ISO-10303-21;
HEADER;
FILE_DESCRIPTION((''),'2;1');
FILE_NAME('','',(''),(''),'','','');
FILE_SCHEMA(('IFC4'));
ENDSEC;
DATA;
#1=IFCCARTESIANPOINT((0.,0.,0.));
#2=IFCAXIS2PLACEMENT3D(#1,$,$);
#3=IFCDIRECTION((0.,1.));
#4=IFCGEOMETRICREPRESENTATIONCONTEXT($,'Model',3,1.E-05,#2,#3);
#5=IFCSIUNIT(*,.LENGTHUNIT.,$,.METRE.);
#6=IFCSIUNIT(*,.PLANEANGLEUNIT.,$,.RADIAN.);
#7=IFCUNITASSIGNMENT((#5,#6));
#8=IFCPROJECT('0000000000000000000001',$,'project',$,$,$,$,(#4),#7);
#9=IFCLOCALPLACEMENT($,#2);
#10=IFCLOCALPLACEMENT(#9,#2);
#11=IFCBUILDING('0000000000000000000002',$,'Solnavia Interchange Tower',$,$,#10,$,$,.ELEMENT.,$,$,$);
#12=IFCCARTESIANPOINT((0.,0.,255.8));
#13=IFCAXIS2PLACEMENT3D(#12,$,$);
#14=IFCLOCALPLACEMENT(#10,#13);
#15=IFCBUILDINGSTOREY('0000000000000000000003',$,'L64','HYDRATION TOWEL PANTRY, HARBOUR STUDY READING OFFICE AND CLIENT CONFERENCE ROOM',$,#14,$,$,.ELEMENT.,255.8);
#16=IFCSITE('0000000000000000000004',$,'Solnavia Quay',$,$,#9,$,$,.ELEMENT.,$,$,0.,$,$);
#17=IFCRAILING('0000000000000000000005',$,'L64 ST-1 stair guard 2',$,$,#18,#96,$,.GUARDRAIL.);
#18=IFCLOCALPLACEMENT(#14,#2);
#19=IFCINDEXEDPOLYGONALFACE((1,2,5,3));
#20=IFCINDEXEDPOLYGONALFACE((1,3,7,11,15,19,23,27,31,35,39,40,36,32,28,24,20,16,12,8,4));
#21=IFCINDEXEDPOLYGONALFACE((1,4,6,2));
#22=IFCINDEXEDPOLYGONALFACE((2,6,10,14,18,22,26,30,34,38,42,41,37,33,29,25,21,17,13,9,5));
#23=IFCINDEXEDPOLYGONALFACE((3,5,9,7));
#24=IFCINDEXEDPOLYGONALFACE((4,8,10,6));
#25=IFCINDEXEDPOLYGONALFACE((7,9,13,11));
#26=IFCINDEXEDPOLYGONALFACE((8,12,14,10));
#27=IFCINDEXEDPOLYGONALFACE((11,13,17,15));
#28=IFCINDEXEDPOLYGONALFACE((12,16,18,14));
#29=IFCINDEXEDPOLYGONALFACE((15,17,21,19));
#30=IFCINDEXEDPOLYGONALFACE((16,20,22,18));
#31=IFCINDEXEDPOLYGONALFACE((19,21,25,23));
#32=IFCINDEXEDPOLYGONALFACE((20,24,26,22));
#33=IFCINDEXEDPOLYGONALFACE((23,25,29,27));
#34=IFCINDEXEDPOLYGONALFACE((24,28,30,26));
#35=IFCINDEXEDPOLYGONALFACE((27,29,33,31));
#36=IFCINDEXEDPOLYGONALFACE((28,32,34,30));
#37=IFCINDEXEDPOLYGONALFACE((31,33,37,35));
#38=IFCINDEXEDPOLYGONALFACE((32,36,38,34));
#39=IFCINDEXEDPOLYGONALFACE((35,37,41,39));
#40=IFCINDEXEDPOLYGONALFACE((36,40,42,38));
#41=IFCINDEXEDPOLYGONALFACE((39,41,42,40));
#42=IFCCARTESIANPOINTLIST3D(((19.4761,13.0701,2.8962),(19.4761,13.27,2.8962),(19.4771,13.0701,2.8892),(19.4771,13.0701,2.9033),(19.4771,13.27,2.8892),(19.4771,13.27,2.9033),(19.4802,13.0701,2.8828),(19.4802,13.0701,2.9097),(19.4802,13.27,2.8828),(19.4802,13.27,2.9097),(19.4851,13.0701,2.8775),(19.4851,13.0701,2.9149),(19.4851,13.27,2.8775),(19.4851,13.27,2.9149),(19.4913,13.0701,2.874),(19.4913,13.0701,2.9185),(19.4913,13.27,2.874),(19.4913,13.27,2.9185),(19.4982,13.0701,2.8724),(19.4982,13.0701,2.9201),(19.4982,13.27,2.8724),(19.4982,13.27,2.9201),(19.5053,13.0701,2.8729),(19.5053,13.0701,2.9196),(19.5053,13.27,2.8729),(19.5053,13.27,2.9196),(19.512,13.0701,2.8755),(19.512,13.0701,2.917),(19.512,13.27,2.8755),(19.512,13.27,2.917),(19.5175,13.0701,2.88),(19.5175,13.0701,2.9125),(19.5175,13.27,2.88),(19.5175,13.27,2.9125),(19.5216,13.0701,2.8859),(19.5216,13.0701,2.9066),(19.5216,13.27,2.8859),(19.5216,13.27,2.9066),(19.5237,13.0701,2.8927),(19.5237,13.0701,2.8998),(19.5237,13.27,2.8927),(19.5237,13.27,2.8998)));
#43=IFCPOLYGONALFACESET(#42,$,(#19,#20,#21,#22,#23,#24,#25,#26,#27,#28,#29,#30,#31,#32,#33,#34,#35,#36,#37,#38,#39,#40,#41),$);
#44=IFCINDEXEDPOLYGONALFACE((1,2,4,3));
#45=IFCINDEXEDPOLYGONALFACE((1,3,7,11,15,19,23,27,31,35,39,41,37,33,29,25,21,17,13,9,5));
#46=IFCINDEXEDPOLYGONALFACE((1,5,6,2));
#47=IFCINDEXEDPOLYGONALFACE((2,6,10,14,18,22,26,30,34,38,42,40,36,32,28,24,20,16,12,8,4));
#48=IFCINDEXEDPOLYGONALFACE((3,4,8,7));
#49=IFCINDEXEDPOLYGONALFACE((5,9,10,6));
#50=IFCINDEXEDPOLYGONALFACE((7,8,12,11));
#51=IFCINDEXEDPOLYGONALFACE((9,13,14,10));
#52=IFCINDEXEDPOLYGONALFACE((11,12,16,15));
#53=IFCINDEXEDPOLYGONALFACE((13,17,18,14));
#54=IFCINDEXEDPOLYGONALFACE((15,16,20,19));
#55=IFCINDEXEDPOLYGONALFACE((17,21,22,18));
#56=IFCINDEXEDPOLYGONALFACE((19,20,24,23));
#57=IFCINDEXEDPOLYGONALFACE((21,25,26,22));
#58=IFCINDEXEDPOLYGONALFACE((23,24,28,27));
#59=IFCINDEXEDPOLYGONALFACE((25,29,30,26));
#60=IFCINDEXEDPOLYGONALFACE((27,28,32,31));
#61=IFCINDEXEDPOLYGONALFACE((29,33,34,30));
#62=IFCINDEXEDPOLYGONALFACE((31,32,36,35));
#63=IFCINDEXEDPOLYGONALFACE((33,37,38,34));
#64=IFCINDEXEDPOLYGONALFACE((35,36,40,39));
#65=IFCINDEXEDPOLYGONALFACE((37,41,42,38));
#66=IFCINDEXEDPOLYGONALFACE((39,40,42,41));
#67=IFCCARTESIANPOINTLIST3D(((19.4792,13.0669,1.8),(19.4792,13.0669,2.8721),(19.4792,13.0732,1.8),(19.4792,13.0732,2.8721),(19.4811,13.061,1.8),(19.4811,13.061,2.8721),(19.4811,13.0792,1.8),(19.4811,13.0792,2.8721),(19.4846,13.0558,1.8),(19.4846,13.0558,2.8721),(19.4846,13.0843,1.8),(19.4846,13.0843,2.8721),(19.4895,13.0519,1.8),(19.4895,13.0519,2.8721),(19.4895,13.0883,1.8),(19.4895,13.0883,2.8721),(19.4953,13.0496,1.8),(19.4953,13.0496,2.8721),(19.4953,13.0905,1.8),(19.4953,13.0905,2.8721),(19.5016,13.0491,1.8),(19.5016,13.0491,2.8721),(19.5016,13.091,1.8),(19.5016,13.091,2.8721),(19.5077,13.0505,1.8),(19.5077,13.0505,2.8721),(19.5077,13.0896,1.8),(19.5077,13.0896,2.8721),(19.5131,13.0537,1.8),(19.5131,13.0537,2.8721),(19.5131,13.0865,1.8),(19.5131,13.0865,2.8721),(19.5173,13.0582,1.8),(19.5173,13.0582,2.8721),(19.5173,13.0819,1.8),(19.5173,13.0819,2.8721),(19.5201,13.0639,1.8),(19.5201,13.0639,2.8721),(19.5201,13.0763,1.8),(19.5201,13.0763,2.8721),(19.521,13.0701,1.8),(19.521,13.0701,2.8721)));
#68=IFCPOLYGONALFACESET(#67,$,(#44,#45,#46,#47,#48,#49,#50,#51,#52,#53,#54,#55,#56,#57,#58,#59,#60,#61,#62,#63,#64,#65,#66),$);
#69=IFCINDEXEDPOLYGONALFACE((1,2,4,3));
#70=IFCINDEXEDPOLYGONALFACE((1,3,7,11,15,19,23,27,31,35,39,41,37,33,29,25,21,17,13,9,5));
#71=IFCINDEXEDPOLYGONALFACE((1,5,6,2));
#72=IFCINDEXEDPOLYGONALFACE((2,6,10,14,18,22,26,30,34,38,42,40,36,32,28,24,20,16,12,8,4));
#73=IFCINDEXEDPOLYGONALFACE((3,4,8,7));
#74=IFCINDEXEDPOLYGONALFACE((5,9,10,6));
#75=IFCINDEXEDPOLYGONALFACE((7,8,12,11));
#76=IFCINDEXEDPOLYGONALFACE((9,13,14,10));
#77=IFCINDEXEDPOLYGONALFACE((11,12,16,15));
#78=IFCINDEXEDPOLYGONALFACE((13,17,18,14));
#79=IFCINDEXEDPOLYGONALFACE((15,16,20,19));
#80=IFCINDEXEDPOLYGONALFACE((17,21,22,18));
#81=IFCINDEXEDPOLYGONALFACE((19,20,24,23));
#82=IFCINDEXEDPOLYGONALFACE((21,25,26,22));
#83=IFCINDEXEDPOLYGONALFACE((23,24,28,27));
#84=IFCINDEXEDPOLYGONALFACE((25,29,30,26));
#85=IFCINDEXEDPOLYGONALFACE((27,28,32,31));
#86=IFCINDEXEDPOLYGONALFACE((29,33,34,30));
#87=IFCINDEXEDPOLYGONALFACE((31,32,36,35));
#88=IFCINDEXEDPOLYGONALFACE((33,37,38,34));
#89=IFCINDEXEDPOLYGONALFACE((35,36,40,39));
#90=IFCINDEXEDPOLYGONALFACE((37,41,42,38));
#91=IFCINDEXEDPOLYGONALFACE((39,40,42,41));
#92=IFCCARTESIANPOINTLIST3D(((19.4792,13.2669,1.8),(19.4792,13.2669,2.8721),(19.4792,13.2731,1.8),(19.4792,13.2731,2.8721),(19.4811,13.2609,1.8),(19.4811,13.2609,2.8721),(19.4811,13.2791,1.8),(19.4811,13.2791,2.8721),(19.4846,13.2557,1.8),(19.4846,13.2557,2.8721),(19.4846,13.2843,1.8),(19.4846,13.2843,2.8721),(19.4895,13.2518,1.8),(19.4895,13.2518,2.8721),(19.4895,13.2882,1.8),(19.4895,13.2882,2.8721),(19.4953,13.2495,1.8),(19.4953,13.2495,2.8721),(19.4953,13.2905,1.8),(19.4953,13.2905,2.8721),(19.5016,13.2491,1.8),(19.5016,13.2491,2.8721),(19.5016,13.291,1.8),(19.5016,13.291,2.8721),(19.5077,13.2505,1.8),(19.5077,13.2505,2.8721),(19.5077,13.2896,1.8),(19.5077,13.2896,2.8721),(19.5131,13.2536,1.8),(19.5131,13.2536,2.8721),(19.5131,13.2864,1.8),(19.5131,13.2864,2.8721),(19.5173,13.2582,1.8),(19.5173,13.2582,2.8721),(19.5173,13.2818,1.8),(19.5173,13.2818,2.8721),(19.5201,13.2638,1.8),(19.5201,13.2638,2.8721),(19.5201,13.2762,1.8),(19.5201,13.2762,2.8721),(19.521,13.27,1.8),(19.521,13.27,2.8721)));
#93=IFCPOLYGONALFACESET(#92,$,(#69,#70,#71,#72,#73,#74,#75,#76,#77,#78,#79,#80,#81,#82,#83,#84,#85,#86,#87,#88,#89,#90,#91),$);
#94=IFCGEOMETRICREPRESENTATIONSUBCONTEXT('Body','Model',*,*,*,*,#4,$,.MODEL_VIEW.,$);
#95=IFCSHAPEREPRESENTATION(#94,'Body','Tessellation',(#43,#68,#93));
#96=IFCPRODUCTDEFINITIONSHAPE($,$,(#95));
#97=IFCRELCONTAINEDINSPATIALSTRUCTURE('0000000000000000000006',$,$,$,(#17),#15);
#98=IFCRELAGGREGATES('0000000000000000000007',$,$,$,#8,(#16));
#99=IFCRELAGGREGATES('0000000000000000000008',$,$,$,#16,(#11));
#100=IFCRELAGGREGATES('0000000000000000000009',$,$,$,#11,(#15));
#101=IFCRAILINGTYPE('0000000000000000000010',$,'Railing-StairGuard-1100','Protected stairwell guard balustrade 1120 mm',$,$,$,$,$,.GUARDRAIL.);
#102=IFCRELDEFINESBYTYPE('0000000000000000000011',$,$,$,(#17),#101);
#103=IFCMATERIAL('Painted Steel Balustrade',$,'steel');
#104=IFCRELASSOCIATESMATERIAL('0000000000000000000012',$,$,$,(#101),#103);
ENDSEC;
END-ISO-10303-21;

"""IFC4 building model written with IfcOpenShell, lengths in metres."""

from ifc_helpers import new_model, si_unit, direction, frame, origin, origin_2d, place, context, subcontext, project, spatial, circle, extrude, material, type_object, element, save


model = new_model("IFC4")

# Units and contexts
model_context = context("Model", 3, precision=1e-05, world=origin(), true_north=direction((0.0, 1.0)))
body_context = subcontext(model_context, "Body", "Model", "MODEL_VIEW")
ifc_project = project(units=[si_unit("LENGTHUNIT", "METRE"), si_unit("PLANEANGLEUNIT", "RADIAN")], contexts=[model_context])

# Site, building, storey
site_placement = place(None, origin())
site = spatial("IfcSite", under=ifc_project, at=site_placement, Name="Solnavia Quay", CompositionType="ELEMENT", RefElevation=0.0)
building_placement = place(site_placement, origin())
building = spatial("IfcBuilding", under=site, at=building_placement, Name="Solnavia Interchange Tower", CompositionType="ELEMENT")
storey_placement = place(building_placement, frame((0.0, 0.0, 255.8)))
storey = spatial("IfcBuildingStorey", under=building, at=storey_placement, Name="L64", Description="HYDRATION TOWEL PANTRY, HARBOUR STUDY READING OFFICE AND CLIENT CONFERENCE ROOM", CompositionType="ELEMENT", Elevation=255.8)

# Railing
ifc_material_1 = material(Name="Painted Steel Balustrade", Category="steel")
railing_type_1 = type_object("IfcRailingType", Name="Railing-StairGuard-1100", Description="Protected stairwell guard balustrade 1120 mm", PredefinedType="GUARDRAIL", material=ifc_material_1)
railing_1_placement = place(storey_placement, frame((19.5, 13.0701, 1.8)))
element("IfcRailing", 1, at=railing_1_placement, inside=storey, type_object=railing_type_1, Name="L64 ST-1 stair guard 2", PredefinedType="GUARDRAIL", context=body_context, shape_type="SweptSolid", body=[
    extrude(circle(Radius=0.0239, at=origin_2d()), frame((0.0, 0.0, 1.0962), z_axis=(0.0, 1.0, 0.0), x_axis=(-1.0, 0.0, 0.0)), (0.0, 0.0, 1.0), 0.2),
    extrude(circle(Radius=0.021, at=origin_2d()), origin(), (0.0, 0.0, 1.0), 1.072),
    extrude(circle(Radius=0.021, at=origin_2d()), frame((0.0, 0.2, 0.0)), (0.0, 0.0, 1.0), 1.072),
])

save(model, "model.ifc")
